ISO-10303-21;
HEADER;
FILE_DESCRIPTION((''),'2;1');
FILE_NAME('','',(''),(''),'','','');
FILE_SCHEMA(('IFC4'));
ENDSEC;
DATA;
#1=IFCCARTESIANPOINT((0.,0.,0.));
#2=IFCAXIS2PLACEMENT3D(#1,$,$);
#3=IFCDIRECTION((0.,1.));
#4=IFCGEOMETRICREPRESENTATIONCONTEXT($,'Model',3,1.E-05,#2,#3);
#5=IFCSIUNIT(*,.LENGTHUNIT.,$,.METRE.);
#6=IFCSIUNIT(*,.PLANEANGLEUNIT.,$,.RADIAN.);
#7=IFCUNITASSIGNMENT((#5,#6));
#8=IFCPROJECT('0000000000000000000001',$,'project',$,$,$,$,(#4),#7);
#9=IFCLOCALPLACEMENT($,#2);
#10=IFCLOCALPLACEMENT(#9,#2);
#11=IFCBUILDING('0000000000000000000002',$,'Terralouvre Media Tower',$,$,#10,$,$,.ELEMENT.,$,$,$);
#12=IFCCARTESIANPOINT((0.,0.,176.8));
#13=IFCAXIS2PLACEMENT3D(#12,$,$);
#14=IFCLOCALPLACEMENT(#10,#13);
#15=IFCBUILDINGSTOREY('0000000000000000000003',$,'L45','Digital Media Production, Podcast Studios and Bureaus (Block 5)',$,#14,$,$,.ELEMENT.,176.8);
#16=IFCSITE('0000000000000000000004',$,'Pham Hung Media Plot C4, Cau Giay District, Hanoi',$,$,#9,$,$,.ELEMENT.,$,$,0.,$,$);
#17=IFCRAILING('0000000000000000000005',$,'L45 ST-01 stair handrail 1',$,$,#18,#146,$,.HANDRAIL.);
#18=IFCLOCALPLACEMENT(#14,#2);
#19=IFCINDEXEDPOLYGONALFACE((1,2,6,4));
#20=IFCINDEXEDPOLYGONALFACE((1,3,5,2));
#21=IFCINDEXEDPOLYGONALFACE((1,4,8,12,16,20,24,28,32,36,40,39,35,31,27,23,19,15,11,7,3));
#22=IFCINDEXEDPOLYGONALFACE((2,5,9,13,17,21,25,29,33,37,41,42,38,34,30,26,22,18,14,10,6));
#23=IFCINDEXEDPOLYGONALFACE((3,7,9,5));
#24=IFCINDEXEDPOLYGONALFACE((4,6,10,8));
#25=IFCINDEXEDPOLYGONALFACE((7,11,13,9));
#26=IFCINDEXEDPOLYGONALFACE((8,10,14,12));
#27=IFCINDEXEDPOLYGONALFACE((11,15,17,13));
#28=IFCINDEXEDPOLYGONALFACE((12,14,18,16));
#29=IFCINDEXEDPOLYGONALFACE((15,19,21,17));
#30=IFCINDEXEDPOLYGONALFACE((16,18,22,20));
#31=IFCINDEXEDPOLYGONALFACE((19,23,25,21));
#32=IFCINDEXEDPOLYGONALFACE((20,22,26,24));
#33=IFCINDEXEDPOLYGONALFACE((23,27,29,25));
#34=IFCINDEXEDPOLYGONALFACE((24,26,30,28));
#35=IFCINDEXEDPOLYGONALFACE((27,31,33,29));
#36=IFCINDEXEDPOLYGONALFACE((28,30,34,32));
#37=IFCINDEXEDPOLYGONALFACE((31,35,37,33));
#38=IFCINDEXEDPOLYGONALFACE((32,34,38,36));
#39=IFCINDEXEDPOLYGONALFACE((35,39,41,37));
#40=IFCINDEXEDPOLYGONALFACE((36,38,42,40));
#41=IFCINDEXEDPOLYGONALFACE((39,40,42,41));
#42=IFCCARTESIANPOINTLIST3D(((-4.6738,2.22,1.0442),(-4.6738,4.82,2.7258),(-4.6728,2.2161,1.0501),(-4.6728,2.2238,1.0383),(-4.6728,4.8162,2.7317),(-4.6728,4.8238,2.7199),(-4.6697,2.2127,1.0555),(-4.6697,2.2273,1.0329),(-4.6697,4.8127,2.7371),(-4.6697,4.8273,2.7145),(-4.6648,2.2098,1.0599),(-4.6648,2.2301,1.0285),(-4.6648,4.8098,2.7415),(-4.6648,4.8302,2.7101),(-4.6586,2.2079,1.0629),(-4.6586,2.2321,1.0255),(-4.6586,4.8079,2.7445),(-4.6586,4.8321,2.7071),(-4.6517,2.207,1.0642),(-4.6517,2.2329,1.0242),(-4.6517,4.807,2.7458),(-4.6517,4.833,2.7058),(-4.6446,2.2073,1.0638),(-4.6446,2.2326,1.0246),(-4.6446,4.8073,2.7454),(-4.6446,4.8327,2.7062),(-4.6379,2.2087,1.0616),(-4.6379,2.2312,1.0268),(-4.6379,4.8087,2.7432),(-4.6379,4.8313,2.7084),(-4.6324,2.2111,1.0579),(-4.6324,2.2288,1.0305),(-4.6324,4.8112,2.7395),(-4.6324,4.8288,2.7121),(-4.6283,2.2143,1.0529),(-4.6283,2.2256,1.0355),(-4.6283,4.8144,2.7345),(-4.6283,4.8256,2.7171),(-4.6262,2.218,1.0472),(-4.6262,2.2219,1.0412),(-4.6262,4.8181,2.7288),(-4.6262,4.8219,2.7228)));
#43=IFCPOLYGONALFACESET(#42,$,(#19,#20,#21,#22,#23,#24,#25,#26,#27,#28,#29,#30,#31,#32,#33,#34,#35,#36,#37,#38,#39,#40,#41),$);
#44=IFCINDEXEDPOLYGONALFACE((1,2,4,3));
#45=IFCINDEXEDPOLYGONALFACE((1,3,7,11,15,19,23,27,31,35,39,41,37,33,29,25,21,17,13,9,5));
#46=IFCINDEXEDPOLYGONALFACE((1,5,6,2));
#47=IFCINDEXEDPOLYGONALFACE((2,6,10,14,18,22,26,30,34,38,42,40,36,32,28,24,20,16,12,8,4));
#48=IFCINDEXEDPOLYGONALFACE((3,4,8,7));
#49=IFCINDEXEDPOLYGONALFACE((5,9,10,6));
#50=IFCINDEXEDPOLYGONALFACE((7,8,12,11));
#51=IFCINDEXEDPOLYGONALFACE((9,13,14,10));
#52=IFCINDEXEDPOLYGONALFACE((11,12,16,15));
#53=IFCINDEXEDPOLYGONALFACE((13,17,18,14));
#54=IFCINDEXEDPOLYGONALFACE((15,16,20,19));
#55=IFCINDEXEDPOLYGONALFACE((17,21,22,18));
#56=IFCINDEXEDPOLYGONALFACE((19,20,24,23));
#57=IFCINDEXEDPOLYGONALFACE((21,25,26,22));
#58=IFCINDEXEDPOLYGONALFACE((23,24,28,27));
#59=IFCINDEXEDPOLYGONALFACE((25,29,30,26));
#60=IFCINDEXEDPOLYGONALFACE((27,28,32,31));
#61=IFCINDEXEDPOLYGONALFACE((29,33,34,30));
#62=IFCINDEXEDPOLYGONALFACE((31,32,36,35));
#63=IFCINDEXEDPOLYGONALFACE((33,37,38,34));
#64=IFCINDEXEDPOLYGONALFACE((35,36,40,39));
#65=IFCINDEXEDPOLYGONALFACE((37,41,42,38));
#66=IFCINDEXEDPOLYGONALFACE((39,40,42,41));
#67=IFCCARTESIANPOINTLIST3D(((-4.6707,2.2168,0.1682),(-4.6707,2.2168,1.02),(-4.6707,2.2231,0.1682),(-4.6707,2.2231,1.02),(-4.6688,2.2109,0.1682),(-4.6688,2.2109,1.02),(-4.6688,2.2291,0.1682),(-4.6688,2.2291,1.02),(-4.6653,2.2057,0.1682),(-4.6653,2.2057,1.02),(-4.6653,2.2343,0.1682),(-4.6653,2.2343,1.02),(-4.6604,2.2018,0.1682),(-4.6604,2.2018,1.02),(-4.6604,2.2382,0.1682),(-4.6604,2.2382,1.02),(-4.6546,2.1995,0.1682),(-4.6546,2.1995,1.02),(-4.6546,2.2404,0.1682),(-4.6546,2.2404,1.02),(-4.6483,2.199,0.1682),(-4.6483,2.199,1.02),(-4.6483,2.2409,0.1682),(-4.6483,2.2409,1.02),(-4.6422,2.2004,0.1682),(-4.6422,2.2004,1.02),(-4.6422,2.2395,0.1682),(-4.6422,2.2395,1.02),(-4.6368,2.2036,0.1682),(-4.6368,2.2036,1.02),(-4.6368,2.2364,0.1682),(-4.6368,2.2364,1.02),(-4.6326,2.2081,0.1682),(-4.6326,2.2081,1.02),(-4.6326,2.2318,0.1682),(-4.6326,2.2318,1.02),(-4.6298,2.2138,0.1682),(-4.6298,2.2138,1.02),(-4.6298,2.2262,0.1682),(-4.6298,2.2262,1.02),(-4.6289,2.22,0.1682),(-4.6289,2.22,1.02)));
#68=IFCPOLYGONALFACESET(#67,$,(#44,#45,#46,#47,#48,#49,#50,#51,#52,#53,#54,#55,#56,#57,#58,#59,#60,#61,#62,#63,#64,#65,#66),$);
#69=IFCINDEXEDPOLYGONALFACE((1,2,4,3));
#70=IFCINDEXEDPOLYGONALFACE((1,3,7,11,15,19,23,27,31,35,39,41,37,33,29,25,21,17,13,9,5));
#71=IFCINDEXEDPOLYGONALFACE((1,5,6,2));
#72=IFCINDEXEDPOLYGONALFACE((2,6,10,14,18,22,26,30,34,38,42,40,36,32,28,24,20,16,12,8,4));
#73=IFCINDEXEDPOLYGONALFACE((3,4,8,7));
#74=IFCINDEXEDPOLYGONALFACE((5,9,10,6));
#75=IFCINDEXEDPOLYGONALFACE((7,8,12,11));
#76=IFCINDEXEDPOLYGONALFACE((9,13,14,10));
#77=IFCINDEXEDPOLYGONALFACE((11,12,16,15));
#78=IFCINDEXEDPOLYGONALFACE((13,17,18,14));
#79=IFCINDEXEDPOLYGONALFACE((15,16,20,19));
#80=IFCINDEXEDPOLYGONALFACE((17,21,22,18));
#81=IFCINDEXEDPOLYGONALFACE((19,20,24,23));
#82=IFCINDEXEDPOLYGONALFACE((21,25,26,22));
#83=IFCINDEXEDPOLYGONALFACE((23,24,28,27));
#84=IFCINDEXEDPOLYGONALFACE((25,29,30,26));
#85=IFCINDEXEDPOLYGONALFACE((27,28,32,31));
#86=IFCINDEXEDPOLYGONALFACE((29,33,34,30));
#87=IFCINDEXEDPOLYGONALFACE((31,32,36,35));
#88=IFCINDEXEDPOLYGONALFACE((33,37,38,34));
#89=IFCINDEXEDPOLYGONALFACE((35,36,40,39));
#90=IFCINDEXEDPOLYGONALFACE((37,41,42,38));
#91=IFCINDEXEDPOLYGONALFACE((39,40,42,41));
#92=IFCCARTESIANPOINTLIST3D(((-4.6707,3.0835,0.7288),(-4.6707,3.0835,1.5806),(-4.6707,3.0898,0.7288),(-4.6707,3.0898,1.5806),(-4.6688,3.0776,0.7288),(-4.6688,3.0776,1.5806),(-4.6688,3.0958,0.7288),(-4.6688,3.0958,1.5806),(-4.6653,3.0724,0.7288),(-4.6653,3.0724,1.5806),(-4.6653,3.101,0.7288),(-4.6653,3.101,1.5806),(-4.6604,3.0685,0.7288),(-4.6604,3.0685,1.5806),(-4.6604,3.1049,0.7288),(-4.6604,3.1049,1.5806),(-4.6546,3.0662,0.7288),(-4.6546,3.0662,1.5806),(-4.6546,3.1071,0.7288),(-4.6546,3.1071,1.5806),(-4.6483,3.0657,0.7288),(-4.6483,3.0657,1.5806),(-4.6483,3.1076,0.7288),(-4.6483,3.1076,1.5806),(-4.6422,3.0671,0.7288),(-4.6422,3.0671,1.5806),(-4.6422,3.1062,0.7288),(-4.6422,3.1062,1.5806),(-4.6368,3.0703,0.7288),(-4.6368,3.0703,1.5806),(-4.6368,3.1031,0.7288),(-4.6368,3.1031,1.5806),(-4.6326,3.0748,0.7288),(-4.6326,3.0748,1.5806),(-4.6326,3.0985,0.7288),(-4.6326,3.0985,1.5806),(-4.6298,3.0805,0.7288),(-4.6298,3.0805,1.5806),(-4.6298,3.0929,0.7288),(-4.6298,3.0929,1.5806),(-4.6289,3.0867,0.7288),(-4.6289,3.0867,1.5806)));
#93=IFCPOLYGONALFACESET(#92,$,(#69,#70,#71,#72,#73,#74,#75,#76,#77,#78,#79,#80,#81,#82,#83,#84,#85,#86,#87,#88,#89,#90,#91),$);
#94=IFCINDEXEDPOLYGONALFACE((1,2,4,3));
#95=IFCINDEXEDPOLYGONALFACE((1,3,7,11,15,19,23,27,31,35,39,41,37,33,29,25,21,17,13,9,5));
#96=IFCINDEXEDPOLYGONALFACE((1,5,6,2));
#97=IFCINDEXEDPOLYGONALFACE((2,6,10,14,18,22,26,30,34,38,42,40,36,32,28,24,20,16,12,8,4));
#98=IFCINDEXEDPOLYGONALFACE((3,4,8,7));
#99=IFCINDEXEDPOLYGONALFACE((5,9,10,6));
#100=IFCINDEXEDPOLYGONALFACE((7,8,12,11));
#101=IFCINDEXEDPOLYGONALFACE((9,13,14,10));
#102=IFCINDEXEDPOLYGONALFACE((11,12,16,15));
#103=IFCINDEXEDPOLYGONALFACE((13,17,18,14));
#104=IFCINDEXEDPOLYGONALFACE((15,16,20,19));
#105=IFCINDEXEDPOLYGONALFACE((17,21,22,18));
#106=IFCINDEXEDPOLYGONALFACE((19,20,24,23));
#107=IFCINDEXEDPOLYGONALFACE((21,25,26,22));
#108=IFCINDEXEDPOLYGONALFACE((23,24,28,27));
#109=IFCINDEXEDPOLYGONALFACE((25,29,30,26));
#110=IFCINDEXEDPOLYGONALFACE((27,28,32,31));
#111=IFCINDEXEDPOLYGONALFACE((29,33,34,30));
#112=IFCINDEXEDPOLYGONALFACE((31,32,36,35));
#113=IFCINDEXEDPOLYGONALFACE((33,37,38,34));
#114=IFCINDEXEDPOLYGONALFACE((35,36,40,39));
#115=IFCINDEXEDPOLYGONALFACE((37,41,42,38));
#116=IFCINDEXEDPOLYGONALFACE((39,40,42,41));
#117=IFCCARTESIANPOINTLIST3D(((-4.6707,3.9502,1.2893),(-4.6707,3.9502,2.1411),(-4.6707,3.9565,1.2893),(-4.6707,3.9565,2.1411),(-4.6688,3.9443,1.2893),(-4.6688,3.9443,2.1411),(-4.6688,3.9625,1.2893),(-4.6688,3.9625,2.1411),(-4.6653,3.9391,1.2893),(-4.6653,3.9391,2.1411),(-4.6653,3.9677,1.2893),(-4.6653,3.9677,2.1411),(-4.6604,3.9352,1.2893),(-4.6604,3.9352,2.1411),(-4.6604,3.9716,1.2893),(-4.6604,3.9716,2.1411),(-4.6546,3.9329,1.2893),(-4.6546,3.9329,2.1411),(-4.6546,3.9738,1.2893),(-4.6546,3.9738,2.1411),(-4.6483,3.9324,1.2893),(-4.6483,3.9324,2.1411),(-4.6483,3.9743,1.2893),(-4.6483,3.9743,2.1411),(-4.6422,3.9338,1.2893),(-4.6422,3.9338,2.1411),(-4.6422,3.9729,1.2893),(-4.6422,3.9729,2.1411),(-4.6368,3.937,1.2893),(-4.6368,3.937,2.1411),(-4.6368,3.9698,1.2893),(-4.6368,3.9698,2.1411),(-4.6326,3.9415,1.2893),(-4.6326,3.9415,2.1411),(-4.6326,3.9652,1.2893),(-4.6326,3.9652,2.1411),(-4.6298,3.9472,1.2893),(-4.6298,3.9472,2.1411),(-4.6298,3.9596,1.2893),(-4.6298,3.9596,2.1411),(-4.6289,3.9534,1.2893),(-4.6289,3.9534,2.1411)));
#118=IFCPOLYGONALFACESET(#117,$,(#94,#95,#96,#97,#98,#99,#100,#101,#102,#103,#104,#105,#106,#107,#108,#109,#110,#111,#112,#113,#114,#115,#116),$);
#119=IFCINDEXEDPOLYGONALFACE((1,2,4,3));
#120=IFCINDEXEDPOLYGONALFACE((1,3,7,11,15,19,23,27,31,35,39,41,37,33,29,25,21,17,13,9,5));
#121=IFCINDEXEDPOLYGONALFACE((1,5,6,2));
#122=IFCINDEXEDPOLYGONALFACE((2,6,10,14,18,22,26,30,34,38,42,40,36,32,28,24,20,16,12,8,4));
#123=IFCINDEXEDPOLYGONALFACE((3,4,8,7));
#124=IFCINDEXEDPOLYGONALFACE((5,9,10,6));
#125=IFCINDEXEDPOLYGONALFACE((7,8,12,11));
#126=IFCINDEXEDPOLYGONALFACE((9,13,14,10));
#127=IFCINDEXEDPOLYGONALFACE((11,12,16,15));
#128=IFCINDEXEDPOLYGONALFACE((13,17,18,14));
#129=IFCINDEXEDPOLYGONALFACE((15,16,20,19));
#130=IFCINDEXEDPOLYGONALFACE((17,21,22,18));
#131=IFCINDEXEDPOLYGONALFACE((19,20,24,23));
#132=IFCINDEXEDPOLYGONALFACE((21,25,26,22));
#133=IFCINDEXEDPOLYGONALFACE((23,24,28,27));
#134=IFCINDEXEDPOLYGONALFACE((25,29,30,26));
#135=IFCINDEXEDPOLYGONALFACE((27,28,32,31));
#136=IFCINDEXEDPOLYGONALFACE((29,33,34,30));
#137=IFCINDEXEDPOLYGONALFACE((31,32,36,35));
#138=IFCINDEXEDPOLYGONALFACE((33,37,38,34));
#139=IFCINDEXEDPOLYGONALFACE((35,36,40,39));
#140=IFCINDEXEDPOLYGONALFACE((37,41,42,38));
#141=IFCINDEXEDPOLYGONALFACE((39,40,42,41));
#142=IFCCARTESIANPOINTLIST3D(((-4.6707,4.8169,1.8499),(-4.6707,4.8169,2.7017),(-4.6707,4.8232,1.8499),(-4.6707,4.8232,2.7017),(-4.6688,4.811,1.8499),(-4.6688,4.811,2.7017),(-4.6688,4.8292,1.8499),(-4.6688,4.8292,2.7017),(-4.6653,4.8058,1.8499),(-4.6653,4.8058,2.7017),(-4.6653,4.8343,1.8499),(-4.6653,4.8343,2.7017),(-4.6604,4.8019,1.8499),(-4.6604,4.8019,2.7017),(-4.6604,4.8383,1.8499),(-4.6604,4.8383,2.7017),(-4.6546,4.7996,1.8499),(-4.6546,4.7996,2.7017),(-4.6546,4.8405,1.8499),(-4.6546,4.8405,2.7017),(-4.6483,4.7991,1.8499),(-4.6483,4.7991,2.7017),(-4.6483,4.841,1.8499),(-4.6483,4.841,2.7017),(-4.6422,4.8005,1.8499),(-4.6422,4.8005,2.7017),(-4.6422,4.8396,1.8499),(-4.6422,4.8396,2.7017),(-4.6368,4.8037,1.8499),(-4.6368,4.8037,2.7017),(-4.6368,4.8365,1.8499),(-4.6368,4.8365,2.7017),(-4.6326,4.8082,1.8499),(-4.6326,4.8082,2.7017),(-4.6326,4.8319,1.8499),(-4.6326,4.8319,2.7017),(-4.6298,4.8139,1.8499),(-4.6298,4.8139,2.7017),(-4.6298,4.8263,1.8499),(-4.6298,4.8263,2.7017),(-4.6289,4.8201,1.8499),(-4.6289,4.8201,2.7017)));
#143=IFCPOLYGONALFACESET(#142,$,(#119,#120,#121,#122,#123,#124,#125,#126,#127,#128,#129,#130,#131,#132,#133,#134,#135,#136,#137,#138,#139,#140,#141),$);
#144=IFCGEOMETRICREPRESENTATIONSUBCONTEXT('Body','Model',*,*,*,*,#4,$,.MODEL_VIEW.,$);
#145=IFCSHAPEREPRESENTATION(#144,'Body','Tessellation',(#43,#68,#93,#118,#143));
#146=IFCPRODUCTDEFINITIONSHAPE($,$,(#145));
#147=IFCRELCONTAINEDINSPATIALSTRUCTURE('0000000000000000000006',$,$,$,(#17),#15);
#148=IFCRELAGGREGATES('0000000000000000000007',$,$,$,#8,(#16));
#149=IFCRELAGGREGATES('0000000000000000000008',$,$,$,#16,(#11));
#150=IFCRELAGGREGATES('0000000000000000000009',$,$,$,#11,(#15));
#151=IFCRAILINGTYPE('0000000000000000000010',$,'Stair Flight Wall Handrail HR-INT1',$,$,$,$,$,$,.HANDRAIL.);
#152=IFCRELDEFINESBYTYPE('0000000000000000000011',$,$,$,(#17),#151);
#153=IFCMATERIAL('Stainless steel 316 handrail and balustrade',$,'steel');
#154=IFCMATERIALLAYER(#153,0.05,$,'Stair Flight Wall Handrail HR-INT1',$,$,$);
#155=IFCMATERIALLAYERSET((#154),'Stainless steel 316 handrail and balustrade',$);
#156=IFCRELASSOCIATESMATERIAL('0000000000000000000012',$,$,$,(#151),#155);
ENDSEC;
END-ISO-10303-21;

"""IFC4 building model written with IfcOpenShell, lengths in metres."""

from ifc_helpers import new_model, si_unit, direction, frame, origin, origin_2d, place, context, subcontext, project, spatial, circle, extrude, material, layer, layer_set, type_object, element, save


model = new_model("IFC4")

# Units and contexts
model_context = context("Model", 3, precision=1e-05, world=origin(), true_north=direction((0.0, 1.0)))
body_context = subcontext(model_context, "Body", "Model", "MODEL_VIEW")
ifc_project = project(units=[si_unit("LENGTHUNIT", "METRE"), si_unit("PLANEANGLEUNIT", "RADIAN")], contexts=[model_context])

# Site, building, storey
site_placement = place(None, origin())
site = spatial("IfcSite", under=ifc_project, at=site_placement, Name="Pham Hung Media Plot C4, Cau Giay District, Hanoi", CompositionType="ELEMENT", RefElevation=0.0)
building_placement = place(site_placement, origin())
building = spatial("IfcBuilding", under=site, at=building_placement, Name="Terralouvre Media Tower", CompositionType="ELEMENT")
storey_placement = place(building_placement, frame((0.0, 0.0, 176.8)))
storey = spatial("IfcBuildingStorey", under=building, at=storey_placement, Name="L45", Description="Digital Media Production, Podcast Studios and Bureaus (Block 5)", CompositionType="ELEMENT", Elevation=176.8)

# Railing
ifc_material_1 = material(Name="Stainless steel 316 handrail and balustrade", Category="steel")
ifc_layer_1 = layer(ifc_material_1, 0.05, Name="Stair Flight Wall Handrail HR-INT1")
ifc_layer_set_1 = layer_set([ifc_layer_1], Name="Stainless steel 316 handrail and balustrade")
railing_type_1 = type_object("IfcRailingType", Name="Stair Flight Wall Handrail HR-INT1", PredefinedType="HANDRAIL", material=ifc_layer_set_1)
railing_1_placement = place(storey_placement, frame((-4.6499, 2.22, 0.1682)))
element("IfcRailing", 1, at=railing_1_placement, inside=storey, type_object=railing_type_1, Name="L45 ST-01 stair handrail 1", PredefinedType="HANDRAIL", context=body_context, shape_type="SweptSolid", body=[
    extrude(circle(Radius=0.0239, at=origin_2d()), frame((0.0, 0.0, 0.876), z_axis=(0.0, 0.839684, 0.543075), x_axis=(-1.0, 0.0, 0.0)), (0.0, 0.0, 1.0), 3.0964),
    extrude(circle(Radius=0.021, at=origin_2d()), origin(), (0.0, 0.0, 1.0), 0.8518),
    extrude(circle(Radius=0.021, at=origin_2d()), frame((0.0, 0.8667, 0.5605)), (0.0, 0.0, 1.0), 0.8518),
    extrude(circle(Radius=0.021, at=origin_2d()), frame((0.0, 1.7334, 1.1211)), (0.0, 0.0, 1.0), 0.8518),
    extrude(circle(Radius=0.021, at=origin_2d()), frame((0.0, 2.6001, 1.6816)), (0.0, 0.0, 1.0), 0.8518),
])

save(model, "model.ifc")
